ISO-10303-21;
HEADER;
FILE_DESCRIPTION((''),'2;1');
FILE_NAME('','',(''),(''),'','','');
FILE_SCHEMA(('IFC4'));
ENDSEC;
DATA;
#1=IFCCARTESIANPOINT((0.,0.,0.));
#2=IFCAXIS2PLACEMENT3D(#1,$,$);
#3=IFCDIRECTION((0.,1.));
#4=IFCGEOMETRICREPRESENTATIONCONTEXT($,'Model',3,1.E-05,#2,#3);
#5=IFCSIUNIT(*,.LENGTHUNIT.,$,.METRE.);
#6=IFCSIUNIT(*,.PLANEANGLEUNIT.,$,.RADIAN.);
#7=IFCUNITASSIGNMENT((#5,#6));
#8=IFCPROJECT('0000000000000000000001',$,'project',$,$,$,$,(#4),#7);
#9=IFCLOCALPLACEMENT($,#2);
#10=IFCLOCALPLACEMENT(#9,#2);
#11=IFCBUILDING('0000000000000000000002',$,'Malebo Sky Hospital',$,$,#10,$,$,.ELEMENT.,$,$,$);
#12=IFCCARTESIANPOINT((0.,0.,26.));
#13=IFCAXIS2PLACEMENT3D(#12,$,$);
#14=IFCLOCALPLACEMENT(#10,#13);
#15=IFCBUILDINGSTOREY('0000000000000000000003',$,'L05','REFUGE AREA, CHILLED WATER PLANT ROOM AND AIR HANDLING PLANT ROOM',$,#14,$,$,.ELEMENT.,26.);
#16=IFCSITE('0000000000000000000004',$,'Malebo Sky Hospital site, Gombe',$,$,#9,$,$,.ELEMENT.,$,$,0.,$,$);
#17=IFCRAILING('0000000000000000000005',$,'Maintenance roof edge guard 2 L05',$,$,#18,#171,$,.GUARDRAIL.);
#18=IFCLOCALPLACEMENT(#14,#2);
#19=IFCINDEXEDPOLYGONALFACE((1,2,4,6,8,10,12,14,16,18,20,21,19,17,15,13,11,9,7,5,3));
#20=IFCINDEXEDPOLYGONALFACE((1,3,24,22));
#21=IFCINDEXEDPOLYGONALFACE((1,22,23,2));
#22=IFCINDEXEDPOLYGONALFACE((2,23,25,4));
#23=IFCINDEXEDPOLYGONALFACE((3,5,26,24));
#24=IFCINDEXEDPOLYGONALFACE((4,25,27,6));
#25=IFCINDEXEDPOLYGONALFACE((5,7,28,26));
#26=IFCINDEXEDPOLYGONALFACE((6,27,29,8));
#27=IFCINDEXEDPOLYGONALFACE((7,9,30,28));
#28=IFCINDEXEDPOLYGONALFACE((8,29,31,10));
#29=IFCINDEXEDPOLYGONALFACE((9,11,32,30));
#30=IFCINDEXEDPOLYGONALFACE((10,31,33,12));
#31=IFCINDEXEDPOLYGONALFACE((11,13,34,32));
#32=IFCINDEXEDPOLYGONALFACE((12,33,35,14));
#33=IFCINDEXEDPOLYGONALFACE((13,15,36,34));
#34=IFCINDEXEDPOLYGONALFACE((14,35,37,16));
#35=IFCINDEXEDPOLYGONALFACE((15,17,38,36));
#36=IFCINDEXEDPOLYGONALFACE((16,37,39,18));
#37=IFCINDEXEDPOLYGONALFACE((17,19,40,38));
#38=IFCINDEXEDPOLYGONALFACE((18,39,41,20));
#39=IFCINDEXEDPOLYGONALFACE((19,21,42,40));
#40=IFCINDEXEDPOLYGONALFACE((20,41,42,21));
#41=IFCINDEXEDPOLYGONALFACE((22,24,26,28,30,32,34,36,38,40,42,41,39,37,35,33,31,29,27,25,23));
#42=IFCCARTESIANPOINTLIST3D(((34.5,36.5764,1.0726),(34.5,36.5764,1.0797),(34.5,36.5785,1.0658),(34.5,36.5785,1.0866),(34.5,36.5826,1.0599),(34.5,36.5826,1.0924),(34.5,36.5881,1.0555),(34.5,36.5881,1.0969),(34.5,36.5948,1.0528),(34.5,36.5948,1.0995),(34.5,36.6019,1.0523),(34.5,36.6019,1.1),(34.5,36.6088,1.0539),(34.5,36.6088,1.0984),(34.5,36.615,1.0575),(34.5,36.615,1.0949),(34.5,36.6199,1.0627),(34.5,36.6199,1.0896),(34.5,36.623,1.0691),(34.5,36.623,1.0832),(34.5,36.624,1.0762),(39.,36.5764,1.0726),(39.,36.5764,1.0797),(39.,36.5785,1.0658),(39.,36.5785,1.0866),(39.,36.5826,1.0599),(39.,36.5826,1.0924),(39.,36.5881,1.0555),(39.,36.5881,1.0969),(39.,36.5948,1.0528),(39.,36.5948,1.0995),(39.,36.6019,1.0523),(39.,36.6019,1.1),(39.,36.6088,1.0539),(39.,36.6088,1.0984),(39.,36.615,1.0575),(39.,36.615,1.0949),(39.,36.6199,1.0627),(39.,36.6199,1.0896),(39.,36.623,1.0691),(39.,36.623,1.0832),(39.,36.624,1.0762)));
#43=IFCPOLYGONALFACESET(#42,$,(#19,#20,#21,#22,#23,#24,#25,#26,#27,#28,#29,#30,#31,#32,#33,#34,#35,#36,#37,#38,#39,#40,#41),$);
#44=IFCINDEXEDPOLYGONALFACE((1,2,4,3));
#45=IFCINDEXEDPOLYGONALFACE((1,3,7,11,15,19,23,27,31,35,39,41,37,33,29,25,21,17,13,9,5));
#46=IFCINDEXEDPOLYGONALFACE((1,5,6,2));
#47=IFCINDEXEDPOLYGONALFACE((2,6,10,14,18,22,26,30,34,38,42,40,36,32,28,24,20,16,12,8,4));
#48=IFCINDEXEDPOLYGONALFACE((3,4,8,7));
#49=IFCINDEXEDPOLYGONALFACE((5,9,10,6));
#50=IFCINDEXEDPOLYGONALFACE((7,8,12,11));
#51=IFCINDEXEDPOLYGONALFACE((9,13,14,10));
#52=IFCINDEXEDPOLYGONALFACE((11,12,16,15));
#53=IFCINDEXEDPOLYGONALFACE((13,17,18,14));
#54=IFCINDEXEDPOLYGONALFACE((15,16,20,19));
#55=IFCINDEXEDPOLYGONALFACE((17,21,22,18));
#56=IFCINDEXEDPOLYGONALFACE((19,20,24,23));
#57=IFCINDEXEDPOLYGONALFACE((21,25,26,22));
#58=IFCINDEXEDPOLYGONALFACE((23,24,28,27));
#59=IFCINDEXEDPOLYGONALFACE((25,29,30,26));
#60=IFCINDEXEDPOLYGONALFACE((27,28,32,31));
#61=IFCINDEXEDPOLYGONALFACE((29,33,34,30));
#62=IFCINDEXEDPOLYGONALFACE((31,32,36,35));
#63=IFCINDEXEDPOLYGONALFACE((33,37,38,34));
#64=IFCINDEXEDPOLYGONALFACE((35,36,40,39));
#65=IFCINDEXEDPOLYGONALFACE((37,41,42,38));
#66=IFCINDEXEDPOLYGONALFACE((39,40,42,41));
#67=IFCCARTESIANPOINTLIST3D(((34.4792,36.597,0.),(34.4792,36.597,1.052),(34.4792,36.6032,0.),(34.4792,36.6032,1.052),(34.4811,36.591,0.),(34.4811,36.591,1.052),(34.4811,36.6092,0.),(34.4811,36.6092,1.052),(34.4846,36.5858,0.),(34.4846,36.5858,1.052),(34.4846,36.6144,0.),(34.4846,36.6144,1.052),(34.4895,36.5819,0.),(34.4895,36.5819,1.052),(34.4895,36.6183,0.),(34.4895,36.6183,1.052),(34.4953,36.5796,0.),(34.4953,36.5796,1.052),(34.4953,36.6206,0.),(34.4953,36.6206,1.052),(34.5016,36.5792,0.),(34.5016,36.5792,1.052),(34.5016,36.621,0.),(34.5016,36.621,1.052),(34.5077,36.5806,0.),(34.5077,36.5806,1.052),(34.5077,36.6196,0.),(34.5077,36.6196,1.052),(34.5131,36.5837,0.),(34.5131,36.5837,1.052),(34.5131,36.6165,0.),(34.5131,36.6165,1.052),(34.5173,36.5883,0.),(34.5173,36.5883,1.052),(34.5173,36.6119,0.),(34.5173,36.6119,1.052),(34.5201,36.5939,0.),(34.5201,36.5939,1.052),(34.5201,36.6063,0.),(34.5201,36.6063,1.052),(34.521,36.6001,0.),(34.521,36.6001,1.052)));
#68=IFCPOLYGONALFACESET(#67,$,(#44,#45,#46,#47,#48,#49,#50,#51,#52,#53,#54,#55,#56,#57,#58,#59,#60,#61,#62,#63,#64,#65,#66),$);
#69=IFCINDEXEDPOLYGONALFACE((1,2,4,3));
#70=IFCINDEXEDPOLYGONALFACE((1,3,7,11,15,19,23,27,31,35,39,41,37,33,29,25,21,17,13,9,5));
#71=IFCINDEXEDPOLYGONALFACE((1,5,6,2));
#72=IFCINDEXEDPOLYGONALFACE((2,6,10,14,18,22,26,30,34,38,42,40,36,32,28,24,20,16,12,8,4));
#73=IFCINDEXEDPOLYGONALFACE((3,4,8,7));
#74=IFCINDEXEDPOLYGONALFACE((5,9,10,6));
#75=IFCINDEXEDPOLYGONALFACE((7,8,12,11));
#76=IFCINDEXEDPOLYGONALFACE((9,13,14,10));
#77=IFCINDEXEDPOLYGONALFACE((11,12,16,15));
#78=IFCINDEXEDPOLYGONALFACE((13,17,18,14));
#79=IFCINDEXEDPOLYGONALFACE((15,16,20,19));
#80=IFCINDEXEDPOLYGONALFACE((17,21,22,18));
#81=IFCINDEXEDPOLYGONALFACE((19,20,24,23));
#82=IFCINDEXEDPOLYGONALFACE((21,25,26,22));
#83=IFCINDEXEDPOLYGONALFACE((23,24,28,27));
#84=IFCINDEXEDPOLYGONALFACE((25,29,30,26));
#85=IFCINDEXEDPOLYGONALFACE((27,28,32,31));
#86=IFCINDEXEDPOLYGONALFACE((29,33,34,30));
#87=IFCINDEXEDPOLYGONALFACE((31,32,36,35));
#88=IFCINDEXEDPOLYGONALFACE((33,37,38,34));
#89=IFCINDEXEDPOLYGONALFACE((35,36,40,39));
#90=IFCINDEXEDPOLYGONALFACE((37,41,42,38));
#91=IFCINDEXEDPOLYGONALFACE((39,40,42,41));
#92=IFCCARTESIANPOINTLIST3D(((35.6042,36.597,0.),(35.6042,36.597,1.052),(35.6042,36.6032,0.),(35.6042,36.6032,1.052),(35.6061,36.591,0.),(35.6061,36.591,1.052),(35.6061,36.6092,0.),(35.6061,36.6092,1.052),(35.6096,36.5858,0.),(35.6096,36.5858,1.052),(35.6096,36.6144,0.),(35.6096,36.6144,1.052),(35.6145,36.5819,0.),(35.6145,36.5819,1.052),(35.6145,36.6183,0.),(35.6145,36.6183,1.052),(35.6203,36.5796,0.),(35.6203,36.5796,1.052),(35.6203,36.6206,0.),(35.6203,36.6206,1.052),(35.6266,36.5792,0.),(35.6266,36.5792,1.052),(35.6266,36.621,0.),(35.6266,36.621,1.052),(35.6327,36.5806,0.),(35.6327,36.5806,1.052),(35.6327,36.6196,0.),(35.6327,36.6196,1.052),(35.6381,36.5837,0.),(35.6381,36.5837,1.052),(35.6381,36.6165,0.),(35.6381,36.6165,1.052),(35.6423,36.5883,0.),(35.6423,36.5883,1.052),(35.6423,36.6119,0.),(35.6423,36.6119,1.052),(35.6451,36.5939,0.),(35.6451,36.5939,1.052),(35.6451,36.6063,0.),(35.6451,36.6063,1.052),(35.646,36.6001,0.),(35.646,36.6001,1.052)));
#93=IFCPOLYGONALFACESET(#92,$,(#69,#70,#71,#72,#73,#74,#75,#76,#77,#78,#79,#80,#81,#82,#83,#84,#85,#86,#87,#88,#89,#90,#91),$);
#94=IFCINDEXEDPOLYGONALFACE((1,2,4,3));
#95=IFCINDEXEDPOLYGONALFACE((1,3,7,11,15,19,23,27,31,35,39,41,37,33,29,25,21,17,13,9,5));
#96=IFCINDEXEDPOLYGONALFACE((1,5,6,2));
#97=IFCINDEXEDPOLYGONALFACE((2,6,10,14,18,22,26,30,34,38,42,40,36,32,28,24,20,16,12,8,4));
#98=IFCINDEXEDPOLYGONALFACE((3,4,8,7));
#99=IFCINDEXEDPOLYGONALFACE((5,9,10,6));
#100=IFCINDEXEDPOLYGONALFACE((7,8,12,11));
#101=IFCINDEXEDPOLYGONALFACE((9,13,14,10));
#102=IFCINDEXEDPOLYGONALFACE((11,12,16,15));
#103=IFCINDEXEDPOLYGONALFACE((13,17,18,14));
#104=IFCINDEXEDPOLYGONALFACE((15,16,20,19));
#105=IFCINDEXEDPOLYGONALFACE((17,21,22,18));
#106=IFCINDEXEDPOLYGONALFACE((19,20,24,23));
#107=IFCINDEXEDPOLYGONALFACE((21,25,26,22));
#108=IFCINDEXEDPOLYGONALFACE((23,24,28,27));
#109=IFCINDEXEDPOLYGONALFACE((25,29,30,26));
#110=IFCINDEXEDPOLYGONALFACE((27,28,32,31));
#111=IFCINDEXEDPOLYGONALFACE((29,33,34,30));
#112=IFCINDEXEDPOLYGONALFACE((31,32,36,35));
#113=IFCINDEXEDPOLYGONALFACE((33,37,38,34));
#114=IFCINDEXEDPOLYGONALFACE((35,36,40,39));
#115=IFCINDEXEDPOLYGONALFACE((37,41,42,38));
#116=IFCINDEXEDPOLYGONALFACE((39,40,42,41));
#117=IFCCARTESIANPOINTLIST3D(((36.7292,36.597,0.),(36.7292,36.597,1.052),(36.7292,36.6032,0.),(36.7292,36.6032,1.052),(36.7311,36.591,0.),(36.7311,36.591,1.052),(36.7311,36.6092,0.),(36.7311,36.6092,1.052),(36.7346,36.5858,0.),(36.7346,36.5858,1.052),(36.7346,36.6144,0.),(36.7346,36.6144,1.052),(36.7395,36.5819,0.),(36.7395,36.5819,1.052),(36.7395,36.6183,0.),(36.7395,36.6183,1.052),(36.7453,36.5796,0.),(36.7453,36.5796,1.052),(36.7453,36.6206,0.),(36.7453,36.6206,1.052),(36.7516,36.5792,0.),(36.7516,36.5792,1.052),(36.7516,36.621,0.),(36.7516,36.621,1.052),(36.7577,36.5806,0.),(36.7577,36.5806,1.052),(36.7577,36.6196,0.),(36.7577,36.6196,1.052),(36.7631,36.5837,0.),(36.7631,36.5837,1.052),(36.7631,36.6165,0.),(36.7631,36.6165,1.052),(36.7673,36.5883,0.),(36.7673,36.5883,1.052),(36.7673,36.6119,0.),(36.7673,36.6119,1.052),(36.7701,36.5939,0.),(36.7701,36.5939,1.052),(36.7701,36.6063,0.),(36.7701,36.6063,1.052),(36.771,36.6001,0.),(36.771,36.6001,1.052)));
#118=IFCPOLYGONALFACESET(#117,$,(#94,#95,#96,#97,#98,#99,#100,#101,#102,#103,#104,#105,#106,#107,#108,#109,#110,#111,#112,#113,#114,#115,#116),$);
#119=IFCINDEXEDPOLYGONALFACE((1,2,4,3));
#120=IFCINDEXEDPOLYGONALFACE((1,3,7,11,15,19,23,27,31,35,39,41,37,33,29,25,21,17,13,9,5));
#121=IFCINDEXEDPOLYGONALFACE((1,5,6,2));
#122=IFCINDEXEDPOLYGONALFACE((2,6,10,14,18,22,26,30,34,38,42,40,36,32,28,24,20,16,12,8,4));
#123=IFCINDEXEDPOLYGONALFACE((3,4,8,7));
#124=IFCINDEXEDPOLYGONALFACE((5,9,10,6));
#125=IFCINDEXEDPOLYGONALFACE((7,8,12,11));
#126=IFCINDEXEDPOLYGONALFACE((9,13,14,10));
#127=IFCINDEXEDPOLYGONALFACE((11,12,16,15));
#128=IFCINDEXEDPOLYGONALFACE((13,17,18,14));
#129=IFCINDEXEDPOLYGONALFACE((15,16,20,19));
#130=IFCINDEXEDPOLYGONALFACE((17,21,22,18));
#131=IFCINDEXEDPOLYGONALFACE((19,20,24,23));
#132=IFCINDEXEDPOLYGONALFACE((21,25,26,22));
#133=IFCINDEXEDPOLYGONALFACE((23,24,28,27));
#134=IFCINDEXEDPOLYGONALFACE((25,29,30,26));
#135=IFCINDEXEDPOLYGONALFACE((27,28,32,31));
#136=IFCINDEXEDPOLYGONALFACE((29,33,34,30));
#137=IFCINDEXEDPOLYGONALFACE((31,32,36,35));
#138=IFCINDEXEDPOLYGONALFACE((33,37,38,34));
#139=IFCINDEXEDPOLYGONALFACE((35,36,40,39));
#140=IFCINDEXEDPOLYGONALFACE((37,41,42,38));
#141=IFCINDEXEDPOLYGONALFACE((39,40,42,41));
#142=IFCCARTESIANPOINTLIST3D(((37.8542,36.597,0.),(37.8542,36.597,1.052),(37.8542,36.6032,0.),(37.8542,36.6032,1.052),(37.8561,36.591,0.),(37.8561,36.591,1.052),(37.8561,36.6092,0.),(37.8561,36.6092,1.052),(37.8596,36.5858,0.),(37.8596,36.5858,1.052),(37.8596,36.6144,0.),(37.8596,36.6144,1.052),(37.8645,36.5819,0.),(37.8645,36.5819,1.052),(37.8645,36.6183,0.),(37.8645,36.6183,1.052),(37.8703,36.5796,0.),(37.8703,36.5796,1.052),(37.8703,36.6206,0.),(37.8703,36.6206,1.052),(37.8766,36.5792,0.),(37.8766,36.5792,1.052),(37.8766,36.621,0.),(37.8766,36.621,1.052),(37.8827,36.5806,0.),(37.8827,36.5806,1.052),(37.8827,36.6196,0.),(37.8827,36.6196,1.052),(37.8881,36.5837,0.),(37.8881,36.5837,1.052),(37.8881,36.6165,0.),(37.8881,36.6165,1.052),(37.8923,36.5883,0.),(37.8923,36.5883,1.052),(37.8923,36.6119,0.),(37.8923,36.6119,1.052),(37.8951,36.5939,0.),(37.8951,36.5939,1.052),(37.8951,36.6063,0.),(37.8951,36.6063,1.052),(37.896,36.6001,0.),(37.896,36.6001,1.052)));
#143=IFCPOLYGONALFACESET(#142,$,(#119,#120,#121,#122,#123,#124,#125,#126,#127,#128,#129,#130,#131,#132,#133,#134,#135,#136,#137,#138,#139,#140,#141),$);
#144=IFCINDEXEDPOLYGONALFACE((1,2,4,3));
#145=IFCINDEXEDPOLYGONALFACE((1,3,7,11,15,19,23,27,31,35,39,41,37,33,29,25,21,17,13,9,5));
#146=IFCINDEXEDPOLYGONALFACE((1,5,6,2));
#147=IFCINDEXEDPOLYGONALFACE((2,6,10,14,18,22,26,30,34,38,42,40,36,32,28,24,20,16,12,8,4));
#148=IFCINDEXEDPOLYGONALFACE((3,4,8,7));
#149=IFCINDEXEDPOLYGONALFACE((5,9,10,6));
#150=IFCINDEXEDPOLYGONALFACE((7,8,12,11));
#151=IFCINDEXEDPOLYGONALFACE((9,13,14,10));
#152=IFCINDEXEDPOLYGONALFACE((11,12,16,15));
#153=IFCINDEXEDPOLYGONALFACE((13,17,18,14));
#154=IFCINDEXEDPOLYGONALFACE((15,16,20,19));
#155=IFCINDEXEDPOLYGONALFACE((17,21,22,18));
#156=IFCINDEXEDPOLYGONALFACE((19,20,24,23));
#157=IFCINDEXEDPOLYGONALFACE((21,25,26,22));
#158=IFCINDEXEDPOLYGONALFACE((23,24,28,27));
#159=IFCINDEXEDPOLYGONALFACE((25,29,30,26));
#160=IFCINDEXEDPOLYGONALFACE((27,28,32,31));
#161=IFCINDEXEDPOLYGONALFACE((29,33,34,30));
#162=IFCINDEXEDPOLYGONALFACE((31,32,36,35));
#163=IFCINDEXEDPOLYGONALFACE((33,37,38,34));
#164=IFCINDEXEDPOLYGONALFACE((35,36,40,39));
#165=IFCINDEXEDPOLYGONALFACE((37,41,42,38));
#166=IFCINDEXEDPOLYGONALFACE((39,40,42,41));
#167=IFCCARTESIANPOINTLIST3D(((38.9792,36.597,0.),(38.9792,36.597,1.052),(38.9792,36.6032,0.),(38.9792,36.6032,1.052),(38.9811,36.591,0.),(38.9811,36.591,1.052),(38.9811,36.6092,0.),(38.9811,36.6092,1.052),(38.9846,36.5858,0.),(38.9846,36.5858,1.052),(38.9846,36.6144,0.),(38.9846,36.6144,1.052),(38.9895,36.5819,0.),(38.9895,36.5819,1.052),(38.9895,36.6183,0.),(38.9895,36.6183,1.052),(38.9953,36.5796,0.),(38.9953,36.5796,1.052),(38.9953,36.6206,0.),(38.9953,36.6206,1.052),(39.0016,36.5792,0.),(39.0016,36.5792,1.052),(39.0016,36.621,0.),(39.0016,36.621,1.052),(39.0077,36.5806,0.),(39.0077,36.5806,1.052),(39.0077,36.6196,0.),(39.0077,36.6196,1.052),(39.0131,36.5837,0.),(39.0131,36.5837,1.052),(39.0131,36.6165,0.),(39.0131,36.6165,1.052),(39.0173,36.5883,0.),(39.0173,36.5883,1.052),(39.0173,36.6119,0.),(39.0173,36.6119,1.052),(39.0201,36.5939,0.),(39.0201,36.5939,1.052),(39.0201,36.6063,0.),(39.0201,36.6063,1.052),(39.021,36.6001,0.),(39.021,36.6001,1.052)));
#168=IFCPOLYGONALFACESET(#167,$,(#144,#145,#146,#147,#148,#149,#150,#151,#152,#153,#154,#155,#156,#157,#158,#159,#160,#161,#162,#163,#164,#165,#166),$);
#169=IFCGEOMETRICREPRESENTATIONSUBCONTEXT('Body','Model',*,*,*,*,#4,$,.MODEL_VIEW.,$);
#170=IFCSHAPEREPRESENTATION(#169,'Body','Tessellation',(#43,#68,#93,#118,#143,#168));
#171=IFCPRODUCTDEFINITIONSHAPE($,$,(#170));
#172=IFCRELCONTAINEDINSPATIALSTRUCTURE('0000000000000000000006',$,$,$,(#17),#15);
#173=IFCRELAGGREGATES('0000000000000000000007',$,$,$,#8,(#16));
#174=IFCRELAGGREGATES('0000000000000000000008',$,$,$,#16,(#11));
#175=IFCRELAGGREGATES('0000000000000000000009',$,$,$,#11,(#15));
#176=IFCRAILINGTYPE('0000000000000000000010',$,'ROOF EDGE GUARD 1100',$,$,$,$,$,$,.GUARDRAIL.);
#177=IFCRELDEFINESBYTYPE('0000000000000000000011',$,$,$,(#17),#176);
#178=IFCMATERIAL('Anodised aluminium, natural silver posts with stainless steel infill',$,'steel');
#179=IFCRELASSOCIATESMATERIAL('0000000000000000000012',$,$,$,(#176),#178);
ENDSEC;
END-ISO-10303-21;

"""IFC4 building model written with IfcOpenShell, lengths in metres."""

from ifc_helpers import new_model, si_unit, direction, frame, origin, origin_2d, place, context, subcontext, project, spatial, circle, extrude, material, type_object, element, save


model = new_model("IFC4")

# Units and contexts
model_context = context("Model", 3, precision=1e-05, world=origin(), true_north=direction((0.0, 1.0)))
body_context = subcontext(model_context, "Body", "Model", "MODEL_VIEW")
ifc_project = project(units=[si_unit("LENGTHUNIT", "METRE"), si_unit("PLANEANGLEUNIT", "RADIAN")], contexts=[model_context])

# Site, building, storey
site_placement = place(None, origin())
site = spatial("IfcSite", under=ifc_project, at=site_placement, Name="Malebo Sky Hospital site, Gombe", CompositionType="ELEMENT", RefElevation=0.0)
building_placement = place(site_placement, origin())
building = spatial("IfcBuilding", under=site, at=building_placement, Name="Malebo Sky Hospital", CompositionType="ELEMENT")
storey_placement = place(building_placement, frame((0.0, 0.0, 26.0)))
storey = spatial("IfcBuildingStorey", under=building, at=storey_placement, Name="L05", Description="REFUGE AREA, CHILLED WATER PLANT ROOM AND AIR HANDLING PLANT ROOM", CompositionType="ELEMENT", Elevation=26.0)

# Railing
ifc_material_1 = material(Name="Anodised aluminium, natural silver posts with stainless steel infill", Category="steel")
railing_type = type_object("IfcRailingType", Name="ROOF EDGE GUARD 1100", PredefinedType="GUARDRAIL", material=ifc_material_1)
railing_1_placement = place(storey_placement, frame((34.5, 36.6001, 0.0)))
element("IfcRailing", 1, at=railing_1_placement, inside=storey, type_object=railing_type, Name="Maintenance roof edge guard 2 L05", PredefinedType="GUARDRAIL", context=body_context, shape_type="SweptSolid", body=[
    extrude(circle(Radius=0.0239, at=origin_2d()), frame((0.0, 0.0, 1.0762), z_axis=(1.0, 0.0, 0.0), x_axis=(0.0, 1.0, 0.0)), (0.0, 0.0, 1.0), 4.5),
    extrude(circle(Radius=0.021, at=origin_2d()), origin(), (0.0, 0.0, 1.0), 1.052),
    extrude(circle(Radius=0.021, at=origin_2d()), frame((1.125, 0.0, 0.0)), (0.0, 0.0, 1.0), 1.052),
    extrude(circle(Radius=0.021, at=origin_2d()), frame((2.25, 0.0, 0.0)), (0.0, 0.0, 1.0), 1.052),
    extrude(circle(Radius=0.021, at=origin_2d()), frame((3.375, 0.0, 0.0)), (0.0, 0.0, 1.0), 1.052),
    extrude(circle(Radius=0.021, at=origin_2d()), frame((4.5, 0.0, 0.0)), (0.0, 0.0, 1.0), 1.052),
])

save(model, "model.ifc")
